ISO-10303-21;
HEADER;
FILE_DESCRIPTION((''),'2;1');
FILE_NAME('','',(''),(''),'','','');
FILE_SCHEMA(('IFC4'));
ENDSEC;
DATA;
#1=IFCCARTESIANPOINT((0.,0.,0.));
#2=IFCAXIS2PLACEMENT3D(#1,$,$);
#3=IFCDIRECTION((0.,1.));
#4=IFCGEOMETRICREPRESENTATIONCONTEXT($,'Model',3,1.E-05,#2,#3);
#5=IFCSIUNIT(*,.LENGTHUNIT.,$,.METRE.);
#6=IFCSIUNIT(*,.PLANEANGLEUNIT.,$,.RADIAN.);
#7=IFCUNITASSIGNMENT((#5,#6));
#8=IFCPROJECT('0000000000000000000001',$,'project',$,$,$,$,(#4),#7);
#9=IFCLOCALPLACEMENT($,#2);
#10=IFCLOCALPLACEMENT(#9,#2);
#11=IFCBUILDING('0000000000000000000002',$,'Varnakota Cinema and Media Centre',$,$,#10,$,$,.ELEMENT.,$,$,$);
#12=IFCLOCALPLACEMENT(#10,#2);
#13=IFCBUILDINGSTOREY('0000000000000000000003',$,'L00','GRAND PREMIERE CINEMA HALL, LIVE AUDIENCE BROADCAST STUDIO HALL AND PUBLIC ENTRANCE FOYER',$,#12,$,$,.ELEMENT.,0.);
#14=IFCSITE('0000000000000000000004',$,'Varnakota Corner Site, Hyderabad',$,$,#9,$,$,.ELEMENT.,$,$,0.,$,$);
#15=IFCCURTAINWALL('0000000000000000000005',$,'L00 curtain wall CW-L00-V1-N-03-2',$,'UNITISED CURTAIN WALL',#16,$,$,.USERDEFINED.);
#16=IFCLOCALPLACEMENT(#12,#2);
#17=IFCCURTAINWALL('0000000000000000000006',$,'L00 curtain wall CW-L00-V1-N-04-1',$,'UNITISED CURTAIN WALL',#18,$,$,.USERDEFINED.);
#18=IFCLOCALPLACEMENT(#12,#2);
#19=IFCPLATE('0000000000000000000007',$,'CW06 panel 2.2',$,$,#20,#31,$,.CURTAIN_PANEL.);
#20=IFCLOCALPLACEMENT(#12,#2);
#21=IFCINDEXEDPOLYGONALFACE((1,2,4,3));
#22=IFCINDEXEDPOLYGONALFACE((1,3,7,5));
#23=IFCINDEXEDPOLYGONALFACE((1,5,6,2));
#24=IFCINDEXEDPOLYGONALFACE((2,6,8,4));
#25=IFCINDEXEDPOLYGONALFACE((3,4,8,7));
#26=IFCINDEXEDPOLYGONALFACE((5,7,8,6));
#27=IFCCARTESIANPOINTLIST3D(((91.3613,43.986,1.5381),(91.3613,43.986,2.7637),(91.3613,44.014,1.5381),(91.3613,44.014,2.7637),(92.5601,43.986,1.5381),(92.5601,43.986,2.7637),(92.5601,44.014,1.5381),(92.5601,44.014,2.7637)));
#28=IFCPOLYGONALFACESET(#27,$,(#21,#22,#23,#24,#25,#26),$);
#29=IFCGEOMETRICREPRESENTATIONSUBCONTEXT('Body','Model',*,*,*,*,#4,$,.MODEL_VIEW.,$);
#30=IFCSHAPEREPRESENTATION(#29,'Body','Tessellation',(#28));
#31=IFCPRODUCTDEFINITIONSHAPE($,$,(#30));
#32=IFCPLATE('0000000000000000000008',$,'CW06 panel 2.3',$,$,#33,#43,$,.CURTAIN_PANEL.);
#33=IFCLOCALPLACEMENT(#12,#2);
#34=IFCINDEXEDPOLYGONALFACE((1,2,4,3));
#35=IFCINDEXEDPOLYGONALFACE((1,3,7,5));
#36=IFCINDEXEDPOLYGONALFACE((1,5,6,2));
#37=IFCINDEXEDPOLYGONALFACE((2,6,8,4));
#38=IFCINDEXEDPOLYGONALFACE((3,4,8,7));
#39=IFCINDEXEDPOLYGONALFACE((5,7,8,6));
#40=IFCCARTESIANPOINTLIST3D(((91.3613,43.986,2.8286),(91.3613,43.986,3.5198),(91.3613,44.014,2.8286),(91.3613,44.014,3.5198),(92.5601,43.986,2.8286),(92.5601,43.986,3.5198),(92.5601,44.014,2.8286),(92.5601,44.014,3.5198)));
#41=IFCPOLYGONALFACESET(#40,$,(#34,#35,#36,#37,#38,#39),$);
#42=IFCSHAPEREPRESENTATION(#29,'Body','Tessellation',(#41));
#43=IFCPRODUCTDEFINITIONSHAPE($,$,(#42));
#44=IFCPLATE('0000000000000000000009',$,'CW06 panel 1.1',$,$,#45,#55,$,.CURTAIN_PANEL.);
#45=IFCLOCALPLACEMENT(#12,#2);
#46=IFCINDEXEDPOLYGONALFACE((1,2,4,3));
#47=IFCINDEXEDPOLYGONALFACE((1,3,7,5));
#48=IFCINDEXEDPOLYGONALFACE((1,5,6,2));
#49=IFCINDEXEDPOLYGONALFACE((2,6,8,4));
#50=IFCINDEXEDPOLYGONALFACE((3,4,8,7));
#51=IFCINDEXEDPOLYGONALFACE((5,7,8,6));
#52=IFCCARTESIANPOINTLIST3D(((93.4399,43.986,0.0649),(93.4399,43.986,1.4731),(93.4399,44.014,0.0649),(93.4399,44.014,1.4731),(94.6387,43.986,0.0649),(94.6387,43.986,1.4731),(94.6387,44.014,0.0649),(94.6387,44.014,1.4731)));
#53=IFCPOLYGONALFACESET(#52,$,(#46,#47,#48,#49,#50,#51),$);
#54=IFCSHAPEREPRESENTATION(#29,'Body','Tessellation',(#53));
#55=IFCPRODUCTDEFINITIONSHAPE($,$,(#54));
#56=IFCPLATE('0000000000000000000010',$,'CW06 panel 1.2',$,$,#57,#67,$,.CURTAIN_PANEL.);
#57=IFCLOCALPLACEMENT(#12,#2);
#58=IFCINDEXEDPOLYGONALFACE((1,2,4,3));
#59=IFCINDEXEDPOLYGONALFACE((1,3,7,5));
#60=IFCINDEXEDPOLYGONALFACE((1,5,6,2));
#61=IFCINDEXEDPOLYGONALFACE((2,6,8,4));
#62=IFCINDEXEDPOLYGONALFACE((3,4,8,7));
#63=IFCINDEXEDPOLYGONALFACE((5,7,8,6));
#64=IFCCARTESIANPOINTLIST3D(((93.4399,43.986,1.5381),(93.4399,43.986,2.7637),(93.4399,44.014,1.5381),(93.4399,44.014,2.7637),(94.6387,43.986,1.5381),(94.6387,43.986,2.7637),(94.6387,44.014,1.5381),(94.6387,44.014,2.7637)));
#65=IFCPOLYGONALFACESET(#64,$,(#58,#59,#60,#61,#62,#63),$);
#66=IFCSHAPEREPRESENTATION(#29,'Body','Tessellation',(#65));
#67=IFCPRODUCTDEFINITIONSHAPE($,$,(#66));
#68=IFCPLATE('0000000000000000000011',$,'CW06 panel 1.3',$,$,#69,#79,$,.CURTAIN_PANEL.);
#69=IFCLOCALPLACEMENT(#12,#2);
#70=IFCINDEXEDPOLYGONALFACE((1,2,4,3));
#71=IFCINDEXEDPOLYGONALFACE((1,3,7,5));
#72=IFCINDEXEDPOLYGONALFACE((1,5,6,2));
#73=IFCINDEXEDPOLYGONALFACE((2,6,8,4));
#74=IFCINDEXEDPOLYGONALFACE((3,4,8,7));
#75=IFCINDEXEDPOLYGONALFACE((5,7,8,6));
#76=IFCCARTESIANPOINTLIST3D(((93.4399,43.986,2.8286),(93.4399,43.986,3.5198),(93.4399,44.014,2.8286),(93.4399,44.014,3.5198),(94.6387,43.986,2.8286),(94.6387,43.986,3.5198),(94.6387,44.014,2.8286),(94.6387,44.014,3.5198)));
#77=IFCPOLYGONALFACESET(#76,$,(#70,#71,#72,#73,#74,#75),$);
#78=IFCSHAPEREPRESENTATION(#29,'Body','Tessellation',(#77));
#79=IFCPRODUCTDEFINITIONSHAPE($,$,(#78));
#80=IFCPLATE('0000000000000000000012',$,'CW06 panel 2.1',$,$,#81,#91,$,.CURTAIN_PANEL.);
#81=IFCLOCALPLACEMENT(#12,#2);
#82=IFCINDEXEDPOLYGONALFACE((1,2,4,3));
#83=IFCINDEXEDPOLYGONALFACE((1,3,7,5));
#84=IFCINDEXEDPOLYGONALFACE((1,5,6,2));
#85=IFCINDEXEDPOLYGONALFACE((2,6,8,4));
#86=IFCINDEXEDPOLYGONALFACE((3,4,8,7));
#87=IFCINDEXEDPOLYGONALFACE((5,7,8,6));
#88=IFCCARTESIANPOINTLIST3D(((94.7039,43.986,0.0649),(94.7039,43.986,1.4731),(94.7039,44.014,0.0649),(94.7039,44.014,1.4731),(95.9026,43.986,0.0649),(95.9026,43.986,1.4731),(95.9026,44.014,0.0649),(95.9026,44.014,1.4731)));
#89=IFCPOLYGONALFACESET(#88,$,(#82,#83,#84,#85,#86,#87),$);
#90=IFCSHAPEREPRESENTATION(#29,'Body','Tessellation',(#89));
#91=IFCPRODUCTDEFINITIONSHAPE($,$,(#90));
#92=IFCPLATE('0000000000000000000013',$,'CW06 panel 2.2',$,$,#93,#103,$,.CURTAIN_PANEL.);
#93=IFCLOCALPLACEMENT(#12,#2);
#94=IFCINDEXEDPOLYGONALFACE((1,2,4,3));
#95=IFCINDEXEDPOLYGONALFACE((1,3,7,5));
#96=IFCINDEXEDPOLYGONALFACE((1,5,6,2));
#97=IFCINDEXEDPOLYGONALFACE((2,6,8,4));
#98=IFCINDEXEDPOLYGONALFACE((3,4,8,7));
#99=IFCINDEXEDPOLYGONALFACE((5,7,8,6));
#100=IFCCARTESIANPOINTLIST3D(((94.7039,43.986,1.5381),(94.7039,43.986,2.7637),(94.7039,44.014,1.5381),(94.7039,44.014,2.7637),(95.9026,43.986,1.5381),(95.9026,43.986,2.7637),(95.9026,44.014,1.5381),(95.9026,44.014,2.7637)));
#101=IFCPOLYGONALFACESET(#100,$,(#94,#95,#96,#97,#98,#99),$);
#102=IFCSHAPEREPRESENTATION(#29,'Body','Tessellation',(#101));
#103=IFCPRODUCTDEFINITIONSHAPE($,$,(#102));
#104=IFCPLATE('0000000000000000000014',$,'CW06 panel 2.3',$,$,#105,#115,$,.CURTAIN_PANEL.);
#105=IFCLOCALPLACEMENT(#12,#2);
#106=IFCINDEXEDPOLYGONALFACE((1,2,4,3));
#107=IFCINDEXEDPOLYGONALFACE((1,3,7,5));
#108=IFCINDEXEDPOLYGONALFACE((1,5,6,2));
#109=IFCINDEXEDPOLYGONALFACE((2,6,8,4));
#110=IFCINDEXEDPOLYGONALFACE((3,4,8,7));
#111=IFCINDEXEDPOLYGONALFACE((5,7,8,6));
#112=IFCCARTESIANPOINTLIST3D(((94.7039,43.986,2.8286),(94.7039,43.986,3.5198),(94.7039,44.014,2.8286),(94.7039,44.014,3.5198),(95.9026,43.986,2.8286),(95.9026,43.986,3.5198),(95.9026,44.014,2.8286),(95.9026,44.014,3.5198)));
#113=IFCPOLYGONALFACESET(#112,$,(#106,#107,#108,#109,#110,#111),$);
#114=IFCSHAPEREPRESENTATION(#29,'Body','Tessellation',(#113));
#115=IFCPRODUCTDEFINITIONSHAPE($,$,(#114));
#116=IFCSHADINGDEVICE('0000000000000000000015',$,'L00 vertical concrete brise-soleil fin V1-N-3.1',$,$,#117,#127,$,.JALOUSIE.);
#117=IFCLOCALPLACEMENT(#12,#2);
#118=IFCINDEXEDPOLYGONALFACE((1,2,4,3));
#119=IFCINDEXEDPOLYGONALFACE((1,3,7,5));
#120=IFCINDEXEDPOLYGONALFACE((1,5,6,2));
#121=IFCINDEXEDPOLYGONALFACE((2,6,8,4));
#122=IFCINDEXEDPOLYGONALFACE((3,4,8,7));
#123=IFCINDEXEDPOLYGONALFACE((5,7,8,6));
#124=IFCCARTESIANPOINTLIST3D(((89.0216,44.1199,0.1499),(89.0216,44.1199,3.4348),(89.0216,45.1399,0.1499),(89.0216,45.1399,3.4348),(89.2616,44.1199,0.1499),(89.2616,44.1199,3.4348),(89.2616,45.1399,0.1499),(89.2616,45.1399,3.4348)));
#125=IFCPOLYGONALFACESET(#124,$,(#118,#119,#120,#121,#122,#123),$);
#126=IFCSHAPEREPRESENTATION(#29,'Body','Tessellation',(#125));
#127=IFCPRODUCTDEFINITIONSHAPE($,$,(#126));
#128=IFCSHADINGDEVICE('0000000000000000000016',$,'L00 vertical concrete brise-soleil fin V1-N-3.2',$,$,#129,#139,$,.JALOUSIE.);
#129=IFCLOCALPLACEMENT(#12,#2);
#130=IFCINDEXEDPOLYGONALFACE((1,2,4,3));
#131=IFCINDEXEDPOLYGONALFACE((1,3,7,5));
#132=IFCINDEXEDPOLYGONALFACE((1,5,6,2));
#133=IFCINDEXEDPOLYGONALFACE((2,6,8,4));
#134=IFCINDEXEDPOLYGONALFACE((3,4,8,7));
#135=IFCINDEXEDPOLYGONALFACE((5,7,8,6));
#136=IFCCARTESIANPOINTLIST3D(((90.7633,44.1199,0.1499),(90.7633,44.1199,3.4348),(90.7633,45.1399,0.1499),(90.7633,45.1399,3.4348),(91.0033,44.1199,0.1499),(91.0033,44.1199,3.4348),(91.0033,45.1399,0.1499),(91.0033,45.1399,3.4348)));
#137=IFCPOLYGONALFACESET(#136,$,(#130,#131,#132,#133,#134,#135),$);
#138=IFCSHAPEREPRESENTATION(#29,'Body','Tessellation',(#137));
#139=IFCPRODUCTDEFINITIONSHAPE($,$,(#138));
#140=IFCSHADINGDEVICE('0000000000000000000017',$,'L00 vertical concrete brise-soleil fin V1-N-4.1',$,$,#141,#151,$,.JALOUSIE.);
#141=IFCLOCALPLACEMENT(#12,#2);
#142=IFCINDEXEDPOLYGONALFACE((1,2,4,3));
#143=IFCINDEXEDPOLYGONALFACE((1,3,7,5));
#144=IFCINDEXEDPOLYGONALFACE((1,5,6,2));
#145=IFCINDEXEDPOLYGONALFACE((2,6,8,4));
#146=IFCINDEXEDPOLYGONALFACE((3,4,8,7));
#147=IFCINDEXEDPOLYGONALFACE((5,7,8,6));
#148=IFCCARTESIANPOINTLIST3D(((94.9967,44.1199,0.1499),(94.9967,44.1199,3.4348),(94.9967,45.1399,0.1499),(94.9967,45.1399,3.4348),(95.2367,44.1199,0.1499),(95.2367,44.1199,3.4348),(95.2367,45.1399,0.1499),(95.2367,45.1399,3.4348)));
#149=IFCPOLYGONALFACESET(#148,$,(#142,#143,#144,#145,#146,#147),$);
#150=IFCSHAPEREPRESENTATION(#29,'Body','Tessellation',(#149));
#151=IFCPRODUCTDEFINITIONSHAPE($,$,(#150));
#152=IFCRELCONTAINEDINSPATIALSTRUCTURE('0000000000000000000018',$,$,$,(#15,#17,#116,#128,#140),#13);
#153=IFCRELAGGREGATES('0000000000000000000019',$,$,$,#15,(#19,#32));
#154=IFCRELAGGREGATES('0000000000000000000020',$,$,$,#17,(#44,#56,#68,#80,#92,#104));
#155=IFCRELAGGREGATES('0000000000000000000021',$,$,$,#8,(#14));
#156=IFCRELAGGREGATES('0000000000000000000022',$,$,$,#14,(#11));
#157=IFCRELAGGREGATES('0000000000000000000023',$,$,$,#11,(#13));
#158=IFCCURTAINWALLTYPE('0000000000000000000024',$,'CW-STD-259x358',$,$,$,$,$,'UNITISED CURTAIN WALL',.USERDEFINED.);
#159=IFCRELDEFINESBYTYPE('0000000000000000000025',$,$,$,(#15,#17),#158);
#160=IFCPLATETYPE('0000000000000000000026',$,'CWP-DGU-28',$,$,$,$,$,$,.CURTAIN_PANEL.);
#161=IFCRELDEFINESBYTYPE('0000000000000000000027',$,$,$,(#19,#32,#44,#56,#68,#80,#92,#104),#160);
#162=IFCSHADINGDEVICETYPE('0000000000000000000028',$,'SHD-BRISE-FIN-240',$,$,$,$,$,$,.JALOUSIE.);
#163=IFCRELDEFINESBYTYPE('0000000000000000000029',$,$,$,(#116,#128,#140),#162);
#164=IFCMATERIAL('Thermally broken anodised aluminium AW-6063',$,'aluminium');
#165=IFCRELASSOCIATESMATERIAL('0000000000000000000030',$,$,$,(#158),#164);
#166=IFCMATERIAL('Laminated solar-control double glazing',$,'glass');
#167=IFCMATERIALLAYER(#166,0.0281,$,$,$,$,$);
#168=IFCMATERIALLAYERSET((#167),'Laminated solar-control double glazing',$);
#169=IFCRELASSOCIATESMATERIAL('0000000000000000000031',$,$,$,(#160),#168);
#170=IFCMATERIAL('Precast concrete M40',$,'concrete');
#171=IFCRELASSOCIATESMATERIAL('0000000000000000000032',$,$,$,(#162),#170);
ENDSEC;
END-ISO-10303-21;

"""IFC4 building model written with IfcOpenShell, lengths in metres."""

from ifc_helpers import new_model, si_unit, direction, frame, origin, origin_2d, place, context, subcontext, project, spatial, rectangle, extrude, material, layer, layer_set, type_object, element, aggregate, save


model = new_model("IFC4")

# Units and contexts
model_context = context("Model", 3, precision=1e-05, world=origin(), true_north=direction((0.0, 1.0)))
body_context = subcontext(model_context, "Body", "Model", "MODEL_VIEW")
ifc_project = project(units=[si_unit("LENGTHUNIT", "METRE"), si_unit("PLANEANGLEUNIT", "RADIAN")], contexts=[model_context])

# Site, building, storey
site_placement = place(None, origin())
site = spatial("IfcSite", under=ifc_project, at=site_placement, Name="Varnakota Corner Site, Hyderabad", CompositionType="ELEMENT", RefElevation=0.0)
building_placement = place(site_placement, origin())
building = spatial("IfcBuilding", under=site, at=building_placement, Name="Varnakota Cinema and Media Centre", CompositionType="ELEMENT")
storey_placement = place(building_placement, origin())
storey = spatial("IfcBuildingStorey", under=building, at=storey_placement, Name="L00", Description="GRAND PREMIERE CINEMA HALL, LIVE AUDIENCE BROADCAST STUDIO HALL AND PUBLIC ENTRANCE FOYER", CompositionType="ELEMENT", Elevation=0.0)

# Curtain walls
ifc_material_1 = material(Name="Thermally broken anodised aluminium AW-6063", Category="aluminium")
curtain_wall_type = type_object("IfcCurtainWallType", Name="CW-STD-259x358", ElementType="UNITISED CURTAIN WALL", PredefinedType="USERDEFINED", material=ifc_material_1)
curtain_wall_1_placement = place(storey_placement, origin())
curtain_wall_1 = element("IfcCurtainWall", 1, at=curtain_wall_1_placement, inside=storey, type_object=curtain_wall_type, Name="L00 curtain wall CW-L00-V1-N-03-2", ObjectType="UNITISED CURTAIN WALL", PredefinedType="USERDEFINED")
curtain_wall_2_placement = place(storey_placement, origin())
curtain_wall_2 = element("IfcCurtainWall", 2, at=curtain_wall_2_placement, inside=storey, type_object=curtain_wall_type, Name="L00 curtain wall CW-L00-V1-N-04-1", ObjectType="UNITISED CURTAIN WALL", PredefinedType="USERDEFINED")

# Plates
ifc_material_2 = material(Name="Laminated solar-control double glazing", Category="glass")
ifc_layer = layer(ifc_material_2, 0.0281)
ifc_layer_set = layer_set([ifc_layer], Name="Laminated solar-control double glazing")
plate_type = type_object("IfcPlateType", Name="CWP-DGU-28", PredefinedType="CURTAIN_PANEL", material=ifc_layer_set)
plate_1_placement = place(storey_placement, frame((91.9607, 44.0, 1.5381), z_axis=(0.0, 0.0, 1.0), x_axis=(1.0, 0.0, 0.0)))
plate_1 = element("IfcPlate", 3, at=plate_1_placement, type_object=plate_type, Name="CW06 panel 2.2", PredefinedType="CURTAIN_PANEL", context=body_context, shape_type="SweptSolid", body=[
    extrude(rectangle(XDim=1.1987, YDim=0.0281, at=origin_2d()), origin(), (0.0, 0.0, 1.0), 1.2256),
])
plate_2_placement = place(storey_placement, frame((91.9607, 44.0, 2.8286), z_axis=(0.0, 0.0, 1.0), x_axis=(1.0, 0.0, 0.0)))
plate_2 = element("IfcPlate", 4, at=plate_2_placement, type_object=plate_type, Name="CW06 panel 2.3", PredefinedType="CURTAIN_PANEL", context=body_context, shape_type="SweptSolid", body=[
    extrude(rectangle(XDim=1.1987, YDim=0.0281, at=origin_2d()), origin(), (0.0, 0.0, 1.0), 0.6912),
])
aggregate(curtain_wall_1, [plate_1, plate_2])
plate_3_placement = place(storey_placement, frame((94.0393, 44.0, 0.0649), z_axis=(0.0, 0.0, 1.0), x_axis=(1.0, 0.0, 0.0)))
plate_3 = element("IfcPlate", 5, at=plate_3_placement, type_object=plate_type, Name="CW06 panel 1.1", PredefinedType="CURTAIN_PANEL", context=body_context, shape_type="SweptSolid", body=[
    extrude(rectangle(XDim=1.1987, YDim=0.0281, at=origin_2d()), origin(), (0.0, 0.0, 1.0), 1.4082),
])
plate_4_placement = place(storey_placement, frame((94.0393, 44.0, 1.5381), z_axis=(0.0, 0.0, 1.0), x_axis=(1.0, 0.0, 0.0)))
plate_4 = element("IfcPlate", 6, at=plate_4_placement, type_object=plate_type, Name="CW06 panel 1.2", PredefinedType="CURTAIN_PANEL", context=body_context, shape_type="SweptSolid", body=[
    extrude(rectangle(XDim=1.1987, YDim=0.0281, at=origin_2d()), origin(), (0.0, 0.0, 1.0), 1.2256),
])
plate_5_placement = place(storey_placement, frame((94.0393, 44.0, 2.8286), z_axis=(0.0, 0.0, 1.0), x_axis=(1.0, 0.0, 0.0)))
plate_5 = element("IfcPlate", 7, at=plate_5_placement, type_object=plate_type, Name="CW06 panel 1.3", PredefinedType="CURTAIN_PANEL", context=body_context, shape_type="SweptSolid", body=[
    extrude(rectangle(XDim=1.1987, YDim=0.0281, at=origin_2d()), origin(), (0.0, 0.0, 1.0), 0.6912),
])
plate_6_placement = place(storey_placement, frame((95.3032, 44.0, 0.0649), z_axis=(0.0, 0.0, 1.0), x_axis=(1.0, 0.0, 0.0)))
plate_6 = element("IfcPlate", 8, at=plate_6_placement, type_object=plate_type, Name="CW06 panel 2.1", PredefinedType="CURTAIN_PANEL", context=body_context, shape_type="SweptSolid", body=[
    extrude(rectangle(XDim=1.1987, YDim=0.0281, at=origin_2d()), origin(), (0.0, 0.0, 1.0), 1.4082),
])
plate_7_placement = place(storey_placement, frame((95.3032, 44.0, 1.5381), z_axis=(0.0, 0.0, 1.0), x_axis=(1.0, 0.0, 0.0)))
plate_7 = element("IfcPlate", 9, at=plate_7_placement, type_object=plate_type, Name="CW06 panel 2.2", PredefinedType="CURTAIN_PANEL", context=body_context, shape_type="SweptSolid", body=[
    extrude(rectangle(XDim=1.1987, YDim=0.0281, at=origin_2d()), origin(), (0.0, 0.0, 1.0), 1.2256),
])
plate_8_placement = place(storey_placement, frame((95.3032, 44.0, 2.8286), z_axis=(0.0, 0.0, 1.0), x_axis=(1.0, 0.0, 0.0)))
plate_8 = element("IfcPlate", 10, at=plate_8_placement, type_object=plate_type, Name="CW06 panel 2.3", PredefinedType="CURTAIN_PANEL", context=body_context, shape_type="SweptSolid", body=[
    extrude(rectangle(XDim=1.1987, YDim=0.0281, at=origin_2d()), origin(), (0.0, 0.0, 1.0), 0.6912),
])
aggregate(curtain_wall_2, [plate_3, plate_4, plate_5, plate_6, plate_7, plate_8])

# Shading devices
ifc_material_3 = material(Name="Precast concrete M40", Category="concrete")
shading_device_type = type_object("IfcShadingDeviceType", Name="SHD-BRISE-FIN-240", PredefinedType="JALOUSIE", material=ifc_material_3)
for number, where, z_axis, x_axis, name in (
    (11, (89.1416, 44.6299, 0.1499), (0.0, 0.0, 1.0), (1.0, 0.0, 0.0), "L00 vertical concrete brise-soleil fin V1-N-3.1"),
    (12, (90.8833, 44.6299, 0.1499), (0.0, 0.0, 1.0), (1.0, 0.0, 0.0), "L00 vertical concrete brise-soleil fin V1-N-3.2"),
    (13, (95.1167, 44.6299, 0.1499), (0.0, 0.0, 1.0), (1.0, 0.0, 0.0), "L00 vertical concrete brise-soleil fin V1-N-4.1"),
):
    element("IfcShadingDevice", number, at=place(storey_placement, frame(where, z_axis=z_axis, x_axis=x_axis)), inside=storey, type_object=shading_device_type, Name=name, PredefinedType="JALOUSIE", context=body_context, shape_type="SweptSolid", body=[
        extrude(rectangle(XDim=0.24, YDim=1.02, at=origin_2d()), origin(), (0.0, 0.0, 1.0), 3.2849),
    ])

save(model, "model.ifc")
